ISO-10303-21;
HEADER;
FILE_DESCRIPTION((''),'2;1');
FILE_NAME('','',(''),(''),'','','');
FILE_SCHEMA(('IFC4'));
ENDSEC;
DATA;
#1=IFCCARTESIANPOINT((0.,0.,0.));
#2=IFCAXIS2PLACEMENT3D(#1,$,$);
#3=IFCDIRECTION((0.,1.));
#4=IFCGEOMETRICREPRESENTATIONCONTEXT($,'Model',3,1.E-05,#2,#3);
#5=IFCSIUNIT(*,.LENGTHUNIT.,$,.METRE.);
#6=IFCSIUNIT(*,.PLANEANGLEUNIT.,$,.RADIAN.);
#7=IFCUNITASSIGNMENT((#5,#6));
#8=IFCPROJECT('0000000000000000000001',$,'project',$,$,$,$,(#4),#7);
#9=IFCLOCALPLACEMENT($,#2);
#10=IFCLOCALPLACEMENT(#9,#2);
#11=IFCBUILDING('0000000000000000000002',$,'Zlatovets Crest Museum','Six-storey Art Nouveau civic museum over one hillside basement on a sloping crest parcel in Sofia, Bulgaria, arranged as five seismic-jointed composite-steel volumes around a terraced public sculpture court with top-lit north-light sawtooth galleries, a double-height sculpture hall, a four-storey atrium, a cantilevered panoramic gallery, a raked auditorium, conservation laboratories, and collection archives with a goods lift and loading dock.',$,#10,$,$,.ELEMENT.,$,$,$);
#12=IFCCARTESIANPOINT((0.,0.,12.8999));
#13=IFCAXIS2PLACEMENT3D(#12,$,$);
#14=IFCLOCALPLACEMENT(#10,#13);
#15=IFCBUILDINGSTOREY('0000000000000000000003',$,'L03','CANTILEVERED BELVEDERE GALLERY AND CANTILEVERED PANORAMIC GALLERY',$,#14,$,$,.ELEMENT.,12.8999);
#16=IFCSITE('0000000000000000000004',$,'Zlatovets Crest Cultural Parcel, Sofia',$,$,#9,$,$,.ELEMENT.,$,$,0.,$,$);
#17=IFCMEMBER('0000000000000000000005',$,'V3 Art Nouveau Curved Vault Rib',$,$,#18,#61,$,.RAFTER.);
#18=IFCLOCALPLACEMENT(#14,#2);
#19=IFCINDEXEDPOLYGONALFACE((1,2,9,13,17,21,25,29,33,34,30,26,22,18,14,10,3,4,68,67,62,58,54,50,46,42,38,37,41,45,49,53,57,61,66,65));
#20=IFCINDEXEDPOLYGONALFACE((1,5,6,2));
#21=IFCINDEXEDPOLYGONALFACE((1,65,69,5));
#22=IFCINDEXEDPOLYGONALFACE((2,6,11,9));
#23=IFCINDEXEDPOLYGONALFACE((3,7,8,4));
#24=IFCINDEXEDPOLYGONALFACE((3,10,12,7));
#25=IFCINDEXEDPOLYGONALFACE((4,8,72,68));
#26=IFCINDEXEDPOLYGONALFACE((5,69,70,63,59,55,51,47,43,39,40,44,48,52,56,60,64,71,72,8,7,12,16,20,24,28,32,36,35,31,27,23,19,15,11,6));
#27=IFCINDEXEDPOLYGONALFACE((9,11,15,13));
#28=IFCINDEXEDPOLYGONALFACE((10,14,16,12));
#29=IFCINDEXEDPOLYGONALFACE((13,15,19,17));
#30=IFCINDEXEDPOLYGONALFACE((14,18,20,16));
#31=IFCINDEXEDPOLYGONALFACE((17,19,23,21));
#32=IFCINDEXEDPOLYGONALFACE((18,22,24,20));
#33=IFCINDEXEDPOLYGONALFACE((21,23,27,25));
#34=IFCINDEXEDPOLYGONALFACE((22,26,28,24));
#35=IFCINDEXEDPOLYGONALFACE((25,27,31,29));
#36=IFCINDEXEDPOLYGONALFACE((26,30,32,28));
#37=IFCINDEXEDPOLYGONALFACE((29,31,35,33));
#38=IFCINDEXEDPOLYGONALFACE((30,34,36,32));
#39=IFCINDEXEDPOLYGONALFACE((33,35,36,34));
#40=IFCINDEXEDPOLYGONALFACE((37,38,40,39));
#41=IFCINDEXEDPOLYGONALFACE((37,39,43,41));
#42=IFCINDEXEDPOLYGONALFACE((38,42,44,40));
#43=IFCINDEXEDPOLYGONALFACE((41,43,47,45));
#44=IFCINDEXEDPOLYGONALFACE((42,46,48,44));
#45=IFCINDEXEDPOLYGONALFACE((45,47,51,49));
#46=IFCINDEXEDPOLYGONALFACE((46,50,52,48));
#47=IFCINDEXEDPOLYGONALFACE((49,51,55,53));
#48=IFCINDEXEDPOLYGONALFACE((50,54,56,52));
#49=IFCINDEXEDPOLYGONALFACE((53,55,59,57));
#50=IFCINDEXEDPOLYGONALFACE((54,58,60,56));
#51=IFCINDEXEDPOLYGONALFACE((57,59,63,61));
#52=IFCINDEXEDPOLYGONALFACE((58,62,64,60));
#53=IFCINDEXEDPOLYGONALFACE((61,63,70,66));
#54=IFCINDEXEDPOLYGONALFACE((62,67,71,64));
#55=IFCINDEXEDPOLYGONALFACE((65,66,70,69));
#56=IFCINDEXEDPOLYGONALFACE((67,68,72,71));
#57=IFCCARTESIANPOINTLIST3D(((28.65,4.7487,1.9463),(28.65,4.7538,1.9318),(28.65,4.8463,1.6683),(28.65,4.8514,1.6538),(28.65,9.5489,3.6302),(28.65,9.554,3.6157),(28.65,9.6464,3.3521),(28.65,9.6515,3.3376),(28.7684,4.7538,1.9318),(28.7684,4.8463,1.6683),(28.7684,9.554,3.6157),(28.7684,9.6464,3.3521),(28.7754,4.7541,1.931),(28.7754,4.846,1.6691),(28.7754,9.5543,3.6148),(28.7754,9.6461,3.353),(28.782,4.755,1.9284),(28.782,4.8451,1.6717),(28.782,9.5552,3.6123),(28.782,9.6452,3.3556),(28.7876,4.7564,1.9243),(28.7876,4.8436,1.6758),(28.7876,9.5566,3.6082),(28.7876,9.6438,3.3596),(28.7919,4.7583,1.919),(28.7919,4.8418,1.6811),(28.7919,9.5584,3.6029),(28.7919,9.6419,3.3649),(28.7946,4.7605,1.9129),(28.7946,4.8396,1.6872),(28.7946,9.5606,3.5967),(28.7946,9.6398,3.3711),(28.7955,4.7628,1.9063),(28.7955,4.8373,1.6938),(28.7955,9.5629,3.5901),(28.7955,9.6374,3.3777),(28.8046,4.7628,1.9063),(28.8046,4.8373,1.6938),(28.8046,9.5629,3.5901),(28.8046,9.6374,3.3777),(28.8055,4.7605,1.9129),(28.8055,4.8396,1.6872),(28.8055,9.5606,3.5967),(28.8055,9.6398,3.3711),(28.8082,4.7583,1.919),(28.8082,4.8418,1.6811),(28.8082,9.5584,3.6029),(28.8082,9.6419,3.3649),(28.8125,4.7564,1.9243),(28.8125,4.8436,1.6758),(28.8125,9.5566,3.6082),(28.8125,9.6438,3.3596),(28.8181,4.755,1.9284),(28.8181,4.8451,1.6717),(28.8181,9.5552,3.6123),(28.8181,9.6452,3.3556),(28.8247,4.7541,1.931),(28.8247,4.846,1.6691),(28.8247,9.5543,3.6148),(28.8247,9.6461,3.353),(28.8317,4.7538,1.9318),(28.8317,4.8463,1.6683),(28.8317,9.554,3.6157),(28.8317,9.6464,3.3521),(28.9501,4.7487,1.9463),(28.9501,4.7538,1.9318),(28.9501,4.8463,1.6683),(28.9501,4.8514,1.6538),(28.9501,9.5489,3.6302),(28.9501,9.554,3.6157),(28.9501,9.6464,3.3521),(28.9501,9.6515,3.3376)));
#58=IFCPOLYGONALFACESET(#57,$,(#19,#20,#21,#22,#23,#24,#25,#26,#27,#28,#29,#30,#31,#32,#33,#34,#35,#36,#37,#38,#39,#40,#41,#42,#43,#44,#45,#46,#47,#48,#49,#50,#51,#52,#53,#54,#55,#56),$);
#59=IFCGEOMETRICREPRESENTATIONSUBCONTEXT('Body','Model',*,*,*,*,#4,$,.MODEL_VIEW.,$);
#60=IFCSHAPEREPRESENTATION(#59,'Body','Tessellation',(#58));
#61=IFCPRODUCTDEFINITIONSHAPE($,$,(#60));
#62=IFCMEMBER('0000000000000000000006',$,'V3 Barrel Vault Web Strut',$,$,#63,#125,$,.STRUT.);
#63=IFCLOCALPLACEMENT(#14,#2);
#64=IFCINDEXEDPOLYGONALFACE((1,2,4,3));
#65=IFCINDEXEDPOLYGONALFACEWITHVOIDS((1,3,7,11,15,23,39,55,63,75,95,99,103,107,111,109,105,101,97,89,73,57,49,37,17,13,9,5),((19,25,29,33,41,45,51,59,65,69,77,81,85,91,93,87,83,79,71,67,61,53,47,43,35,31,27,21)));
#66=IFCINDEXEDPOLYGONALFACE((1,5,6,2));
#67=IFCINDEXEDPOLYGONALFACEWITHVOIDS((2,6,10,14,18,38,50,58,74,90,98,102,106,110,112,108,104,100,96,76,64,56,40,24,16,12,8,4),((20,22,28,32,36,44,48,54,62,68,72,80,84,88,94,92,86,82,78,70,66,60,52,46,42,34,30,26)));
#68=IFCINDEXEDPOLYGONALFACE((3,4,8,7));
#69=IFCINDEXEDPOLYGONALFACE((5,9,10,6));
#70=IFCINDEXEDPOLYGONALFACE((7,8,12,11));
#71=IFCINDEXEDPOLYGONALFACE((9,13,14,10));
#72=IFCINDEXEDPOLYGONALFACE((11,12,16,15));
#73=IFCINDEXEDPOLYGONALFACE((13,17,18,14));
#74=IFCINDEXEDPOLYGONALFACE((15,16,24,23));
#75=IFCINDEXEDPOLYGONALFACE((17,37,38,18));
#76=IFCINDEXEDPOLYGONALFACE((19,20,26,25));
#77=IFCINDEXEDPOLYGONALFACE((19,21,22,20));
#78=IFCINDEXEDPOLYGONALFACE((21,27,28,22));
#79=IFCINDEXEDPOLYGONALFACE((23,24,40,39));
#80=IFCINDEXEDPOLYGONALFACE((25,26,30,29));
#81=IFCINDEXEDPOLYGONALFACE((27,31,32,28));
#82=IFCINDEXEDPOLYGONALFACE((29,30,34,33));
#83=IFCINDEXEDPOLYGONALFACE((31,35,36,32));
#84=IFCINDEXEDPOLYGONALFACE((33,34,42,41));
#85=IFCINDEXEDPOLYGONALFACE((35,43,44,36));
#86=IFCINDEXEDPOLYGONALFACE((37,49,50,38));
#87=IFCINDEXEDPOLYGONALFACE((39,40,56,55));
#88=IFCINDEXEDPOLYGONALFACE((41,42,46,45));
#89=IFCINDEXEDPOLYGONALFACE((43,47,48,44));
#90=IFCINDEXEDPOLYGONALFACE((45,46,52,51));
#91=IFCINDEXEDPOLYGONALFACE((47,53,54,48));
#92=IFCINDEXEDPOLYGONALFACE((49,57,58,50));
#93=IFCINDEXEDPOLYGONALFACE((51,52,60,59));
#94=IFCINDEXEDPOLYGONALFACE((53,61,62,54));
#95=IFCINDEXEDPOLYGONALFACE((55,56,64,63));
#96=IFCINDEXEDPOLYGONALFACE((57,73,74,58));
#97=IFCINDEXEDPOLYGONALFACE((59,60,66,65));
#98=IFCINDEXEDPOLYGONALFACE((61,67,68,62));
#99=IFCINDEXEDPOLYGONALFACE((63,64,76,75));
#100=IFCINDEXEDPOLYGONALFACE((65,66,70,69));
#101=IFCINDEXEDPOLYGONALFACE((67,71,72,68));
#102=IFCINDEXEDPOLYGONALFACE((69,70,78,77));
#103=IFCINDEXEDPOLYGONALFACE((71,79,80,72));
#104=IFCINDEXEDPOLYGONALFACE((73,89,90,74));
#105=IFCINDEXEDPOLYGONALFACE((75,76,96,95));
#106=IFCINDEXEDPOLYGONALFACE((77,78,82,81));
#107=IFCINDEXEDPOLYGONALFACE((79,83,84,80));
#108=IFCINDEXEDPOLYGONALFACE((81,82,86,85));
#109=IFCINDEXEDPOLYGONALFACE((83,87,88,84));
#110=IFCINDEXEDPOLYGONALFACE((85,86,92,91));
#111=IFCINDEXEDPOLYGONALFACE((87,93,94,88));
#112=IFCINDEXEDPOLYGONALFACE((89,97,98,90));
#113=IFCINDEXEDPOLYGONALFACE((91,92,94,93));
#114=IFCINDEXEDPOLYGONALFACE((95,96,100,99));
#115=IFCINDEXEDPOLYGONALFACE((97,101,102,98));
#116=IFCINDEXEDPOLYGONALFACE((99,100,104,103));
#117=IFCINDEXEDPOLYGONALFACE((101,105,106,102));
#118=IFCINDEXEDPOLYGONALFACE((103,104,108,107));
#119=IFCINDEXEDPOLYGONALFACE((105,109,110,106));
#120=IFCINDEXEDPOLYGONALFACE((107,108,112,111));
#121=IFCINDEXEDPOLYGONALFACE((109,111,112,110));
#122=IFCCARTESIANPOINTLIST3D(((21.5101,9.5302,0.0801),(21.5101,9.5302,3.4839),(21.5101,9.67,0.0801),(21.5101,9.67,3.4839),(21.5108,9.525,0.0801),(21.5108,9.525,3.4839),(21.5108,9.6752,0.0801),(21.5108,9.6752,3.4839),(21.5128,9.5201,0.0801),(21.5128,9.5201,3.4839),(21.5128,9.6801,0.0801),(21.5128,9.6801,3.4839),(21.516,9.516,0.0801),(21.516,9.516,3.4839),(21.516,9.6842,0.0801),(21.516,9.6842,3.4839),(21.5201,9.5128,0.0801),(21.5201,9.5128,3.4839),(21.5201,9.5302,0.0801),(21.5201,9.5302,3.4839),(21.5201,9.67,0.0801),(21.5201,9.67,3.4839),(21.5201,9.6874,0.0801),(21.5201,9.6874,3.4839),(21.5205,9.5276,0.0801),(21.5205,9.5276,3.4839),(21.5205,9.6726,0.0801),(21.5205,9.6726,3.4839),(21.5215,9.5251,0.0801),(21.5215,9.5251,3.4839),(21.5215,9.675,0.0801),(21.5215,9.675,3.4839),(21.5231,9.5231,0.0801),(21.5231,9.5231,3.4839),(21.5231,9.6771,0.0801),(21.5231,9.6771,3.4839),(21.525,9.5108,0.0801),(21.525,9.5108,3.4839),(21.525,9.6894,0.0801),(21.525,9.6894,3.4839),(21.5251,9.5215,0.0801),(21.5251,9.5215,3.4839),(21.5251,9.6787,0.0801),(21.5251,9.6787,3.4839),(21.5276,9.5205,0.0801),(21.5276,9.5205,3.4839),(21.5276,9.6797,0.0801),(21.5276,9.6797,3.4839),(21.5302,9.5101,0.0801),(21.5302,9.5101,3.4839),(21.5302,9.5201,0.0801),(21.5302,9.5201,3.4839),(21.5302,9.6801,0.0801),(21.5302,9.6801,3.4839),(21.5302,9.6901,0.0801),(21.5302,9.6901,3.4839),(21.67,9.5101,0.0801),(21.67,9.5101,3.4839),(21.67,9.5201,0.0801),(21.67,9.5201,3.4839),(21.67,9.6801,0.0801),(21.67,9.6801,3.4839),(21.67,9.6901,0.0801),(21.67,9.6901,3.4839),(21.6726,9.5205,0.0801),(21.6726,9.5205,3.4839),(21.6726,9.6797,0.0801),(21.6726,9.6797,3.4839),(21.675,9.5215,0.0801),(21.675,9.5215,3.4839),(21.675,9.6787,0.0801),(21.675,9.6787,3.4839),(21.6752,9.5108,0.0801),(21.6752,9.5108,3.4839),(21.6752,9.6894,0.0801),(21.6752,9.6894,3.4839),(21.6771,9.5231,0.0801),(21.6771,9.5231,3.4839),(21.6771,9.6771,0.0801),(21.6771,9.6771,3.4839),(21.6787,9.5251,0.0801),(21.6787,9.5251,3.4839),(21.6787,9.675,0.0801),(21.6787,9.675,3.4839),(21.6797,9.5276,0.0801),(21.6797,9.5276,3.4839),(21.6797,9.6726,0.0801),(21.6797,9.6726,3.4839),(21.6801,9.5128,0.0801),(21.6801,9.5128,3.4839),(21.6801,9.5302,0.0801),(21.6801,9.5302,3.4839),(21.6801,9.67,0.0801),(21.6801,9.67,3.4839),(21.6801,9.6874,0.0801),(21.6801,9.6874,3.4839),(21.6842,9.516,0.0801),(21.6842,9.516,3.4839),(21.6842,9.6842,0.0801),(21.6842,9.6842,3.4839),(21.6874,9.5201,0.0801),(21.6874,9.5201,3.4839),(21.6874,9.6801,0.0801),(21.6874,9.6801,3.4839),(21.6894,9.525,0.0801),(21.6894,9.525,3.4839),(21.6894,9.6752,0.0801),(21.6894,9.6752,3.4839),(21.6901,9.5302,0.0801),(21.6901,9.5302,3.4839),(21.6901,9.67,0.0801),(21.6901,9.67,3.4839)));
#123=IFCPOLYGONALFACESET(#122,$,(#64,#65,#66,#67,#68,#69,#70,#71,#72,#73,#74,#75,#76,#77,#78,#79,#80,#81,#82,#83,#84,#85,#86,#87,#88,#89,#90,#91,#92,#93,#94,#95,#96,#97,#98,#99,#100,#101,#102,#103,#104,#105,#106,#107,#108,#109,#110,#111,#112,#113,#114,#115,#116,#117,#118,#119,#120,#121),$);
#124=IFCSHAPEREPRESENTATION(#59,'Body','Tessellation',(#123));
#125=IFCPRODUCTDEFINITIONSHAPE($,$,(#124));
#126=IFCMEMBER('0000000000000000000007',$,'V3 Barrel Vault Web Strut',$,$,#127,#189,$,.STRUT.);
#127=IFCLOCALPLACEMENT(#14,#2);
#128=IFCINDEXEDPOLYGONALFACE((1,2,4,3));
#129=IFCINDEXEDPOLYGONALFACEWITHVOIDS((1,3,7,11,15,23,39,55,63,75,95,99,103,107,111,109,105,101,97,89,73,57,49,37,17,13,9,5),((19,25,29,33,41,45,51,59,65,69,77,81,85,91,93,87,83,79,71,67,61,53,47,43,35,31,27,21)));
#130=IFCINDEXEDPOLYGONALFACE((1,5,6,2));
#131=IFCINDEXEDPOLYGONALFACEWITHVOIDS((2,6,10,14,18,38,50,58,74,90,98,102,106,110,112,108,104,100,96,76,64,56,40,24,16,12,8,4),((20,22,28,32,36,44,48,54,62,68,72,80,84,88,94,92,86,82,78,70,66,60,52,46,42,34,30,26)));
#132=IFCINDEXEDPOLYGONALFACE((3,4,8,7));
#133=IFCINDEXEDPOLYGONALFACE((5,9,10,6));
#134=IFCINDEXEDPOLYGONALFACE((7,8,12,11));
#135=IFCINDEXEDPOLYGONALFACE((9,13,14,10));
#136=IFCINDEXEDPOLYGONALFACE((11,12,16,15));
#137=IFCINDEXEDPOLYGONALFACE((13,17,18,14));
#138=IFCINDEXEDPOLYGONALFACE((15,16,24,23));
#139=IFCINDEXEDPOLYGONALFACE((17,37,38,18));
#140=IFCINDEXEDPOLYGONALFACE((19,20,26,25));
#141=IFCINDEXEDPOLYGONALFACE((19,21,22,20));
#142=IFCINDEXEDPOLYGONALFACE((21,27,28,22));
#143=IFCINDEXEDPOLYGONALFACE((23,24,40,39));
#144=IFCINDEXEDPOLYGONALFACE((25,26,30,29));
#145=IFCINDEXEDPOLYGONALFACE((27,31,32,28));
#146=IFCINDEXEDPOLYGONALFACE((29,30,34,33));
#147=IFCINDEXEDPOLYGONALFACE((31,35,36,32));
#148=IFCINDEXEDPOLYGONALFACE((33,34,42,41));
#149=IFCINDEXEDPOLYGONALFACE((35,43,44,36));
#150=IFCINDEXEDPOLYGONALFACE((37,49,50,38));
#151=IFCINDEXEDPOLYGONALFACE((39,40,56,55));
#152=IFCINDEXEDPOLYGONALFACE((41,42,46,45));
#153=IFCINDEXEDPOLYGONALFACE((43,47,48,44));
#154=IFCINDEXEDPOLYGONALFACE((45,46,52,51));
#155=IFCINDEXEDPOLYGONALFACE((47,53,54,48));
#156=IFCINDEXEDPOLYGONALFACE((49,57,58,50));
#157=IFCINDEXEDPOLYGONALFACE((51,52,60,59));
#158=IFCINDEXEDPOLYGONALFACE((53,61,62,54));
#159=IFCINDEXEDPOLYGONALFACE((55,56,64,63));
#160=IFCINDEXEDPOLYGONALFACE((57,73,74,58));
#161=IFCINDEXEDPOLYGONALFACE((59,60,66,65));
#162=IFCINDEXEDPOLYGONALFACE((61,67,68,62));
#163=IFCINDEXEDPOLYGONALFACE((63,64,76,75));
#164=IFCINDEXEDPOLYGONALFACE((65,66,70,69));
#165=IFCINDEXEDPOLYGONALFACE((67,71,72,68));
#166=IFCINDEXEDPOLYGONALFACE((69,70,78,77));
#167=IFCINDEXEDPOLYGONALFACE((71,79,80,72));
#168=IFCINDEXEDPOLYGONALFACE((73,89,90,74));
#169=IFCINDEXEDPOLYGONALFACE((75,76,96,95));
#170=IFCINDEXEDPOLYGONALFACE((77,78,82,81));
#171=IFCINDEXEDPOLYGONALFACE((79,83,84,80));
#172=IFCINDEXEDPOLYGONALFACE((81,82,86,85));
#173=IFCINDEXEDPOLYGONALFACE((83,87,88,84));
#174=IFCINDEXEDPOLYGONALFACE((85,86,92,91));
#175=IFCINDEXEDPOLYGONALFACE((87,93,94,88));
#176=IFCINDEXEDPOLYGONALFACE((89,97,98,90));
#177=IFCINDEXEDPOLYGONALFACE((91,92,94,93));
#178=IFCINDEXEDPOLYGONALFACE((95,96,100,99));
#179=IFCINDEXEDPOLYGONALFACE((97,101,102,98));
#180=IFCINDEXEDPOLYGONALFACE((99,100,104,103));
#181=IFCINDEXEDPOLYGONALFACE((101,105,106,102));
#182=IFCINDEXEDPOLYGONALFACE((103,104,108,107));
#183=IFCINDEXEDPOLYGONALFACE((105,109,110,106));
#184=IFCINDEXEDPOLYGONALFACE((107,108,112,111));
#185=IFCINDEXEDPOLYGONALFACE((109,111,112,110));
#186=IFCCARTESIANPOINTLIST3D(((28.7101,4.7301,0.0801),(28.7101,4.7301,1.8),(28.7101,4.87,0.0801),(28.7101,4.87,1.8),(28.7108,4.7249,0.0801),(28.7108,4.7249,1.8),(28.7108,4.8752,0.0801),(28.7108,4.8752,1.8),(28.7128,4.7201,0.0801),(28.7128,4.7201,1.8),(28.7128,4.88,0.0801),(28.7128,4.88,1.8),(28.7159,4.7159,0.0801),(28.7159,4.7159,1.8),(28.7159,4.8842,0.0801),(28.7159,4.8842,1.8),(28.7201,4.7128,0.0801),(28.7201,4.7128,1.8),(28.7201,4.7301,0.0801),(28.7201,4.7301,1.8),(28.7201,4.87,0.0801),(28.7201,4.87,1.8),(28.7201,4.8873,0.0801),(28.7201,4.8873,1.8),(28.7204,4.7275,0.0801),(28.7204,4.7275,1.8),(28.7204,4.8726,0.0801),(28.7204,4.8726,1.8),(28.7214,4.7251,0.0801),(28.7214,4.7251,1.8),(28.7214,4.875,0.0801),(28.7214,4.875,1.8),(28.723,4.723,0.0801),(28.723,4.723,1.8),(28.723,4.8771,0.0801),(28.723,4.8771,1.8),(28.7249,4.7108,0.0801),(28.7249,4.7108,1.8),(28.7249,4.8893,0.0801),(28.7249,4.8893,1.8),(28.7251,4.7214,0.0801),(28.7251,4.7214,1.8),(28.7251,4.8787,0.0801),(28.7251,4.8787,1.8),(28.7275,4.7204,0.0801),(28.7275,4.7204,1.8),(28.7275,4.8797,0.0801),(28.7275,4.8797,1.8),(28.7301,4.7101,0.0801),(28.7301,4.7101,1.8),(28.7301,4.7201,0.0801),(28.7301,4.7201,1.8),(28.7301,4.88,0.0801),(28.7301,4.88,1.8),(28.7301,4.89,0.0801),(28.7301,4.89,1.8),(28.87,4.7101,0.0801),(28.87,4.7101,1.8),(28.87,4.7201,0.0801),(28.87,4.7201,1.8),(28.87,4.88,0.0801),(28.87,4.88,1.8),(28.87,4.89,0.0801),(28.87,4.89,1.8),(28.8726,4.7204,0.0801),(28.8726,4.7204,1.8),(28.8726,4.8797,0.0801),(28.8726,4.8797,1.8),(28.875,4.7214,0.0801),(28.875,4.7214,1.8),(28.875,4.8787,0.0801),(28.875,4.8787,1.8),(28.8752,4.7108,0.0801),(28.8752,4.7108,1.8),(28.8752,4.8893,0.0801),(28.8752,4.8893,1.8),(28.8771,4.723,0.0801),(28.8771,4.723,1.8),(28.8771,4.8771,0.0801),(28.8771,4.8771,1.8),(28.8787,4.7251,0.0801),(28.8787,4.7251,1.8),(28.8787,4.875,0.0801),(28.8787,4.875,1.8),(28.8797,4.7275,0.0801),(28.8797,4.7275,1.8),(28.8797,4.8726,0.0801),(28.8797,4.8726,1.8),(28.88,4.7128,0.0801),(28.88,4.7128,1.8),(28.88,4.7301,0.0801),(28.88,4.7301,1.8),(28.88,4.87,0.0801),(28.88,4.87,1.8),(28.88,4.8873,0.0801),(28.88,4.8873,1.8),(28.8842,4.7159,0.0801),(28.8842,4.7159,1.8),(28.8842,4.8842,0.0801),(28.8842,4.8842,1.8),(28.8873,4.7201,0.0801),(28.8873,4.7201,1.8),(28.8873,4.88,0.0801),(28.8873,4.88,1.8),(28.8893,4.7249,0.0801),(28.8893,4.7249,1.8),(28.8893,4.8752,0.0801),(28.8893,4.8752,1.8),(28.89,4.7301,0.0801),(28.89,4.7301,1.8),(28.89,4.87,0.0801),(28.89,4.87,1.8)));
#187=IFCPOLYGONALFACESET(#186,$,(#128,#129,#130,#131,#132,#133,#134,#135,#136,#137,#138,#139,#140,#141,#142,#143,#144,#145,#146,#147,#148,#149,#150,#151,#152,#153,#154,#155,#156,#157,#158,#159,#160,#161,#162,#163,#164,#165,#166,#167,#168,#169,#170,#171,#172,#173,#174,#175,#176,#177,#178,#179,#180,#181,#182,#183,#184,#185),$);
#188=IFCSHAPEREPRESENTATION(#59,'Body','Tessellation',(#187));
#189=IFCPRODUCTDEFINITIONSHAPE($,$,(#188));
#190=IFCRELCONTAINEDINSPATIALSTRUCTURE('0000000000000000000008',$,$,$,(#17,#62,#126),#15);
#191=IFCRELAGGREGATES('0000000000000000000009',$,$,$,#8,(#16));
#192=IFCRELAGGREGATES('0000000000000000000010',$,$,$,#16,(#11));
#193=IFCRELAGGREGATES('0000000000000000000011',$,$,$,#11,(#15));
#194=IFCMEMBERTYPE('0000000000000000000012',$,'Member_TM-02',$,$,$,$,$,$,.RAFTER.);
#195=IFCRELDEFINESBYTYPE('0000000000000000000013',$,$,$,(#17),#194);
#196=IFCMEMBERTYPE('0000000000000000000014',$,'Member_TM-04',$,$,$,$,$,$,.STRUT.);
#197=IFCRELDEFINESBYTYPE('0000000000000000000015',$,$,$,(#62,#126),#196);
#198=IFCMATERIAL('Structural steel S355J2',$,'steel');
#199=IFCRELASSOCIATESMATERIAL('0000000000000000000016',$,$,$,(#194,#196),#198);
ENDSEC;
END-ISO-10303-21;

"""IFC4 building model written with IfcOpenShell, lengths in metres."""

from ifc_helpers import new_model, si_unit, direction, frame, origin, origin_2d, place, context, subcontext, project, spatial, hollow_rectangle, i_section, extrude, material, material_profile, profile_set, type_object, element, save


model = new_model("IFC4")

# Units and contexts
model_context = context("Model", 3, precision=1e-05, world=origin(), true_north=direction((0.0, 1.0)))
body_context = subcontext(model_context, "Body", "Model", "MODEL_VIEW")
ifc_project = project(units=[si_unit("LENGTHUNIT", "METRE"), si_unit("PLANEANGLEUNIT", "RADIAN")], contexts=[model_context])

# Site, building, storey
site_placement = place(None, origin())
site = spatial("IfcSite", under=ifc_project, at=site_placement, Name="Zlatovets Crest Cultural Parcel, Sofia", CompositionType="ELEMENT", RefElevation=0.0)
building_placement = place(site_placement, origin())
building = spatial("IfcBuilding", under=site, at=building_placement, Name="Zlatovets Crest Museum", Description="Six-storey Art Nouveau civic museum over one hillside basement on a sloping crest parcel in Sofia, Bulgaria, arranged as five seismic-jointed composite-steel volumes around a terraced public sculpture court with top-lit north-light sawtooth galleries, a double-height sculpture hall, a four-storey atrium, a cantilevered panoramic gallery, a raked auditorium, conservation laboratories, and collection archives with a goods lift and loading dock.", CompositionType="ELEMENT")
storey_placement = place(building_placement, frame((0.0, 0.0, 12.8999)))
storey = spatial("IfcBuildingStorey", under=building, at=storey_placement, Name="L03", Description="CANTILEVERED BELVEDERE GALLERY AND CANTILEVERED PANORAMIC GALLERY", CompositionType="ELEMENT", Elevation=12.8999)

# Shared definitions
ifc_material_1 = material(Name="Structural steel S355J2", Category="steel")

# Members
ifc_material_profile_1 = material_profile(ifc_material_1, i_section(OverallWidth=0.3, OverallDepth=0.3101, WebThickness=0.009, FlangeThickness=0.0154, FilletRadius=0.0271, at=origin_2d()), Name="HEA 320")
ifc_profile_set_1 = profile_set([ifc_material_profile_1], Name="Structural steel S355J2")
member_type_1 = type_object("IfcMemberType", Name="Member_TM-02", PredefinedType="RAFTER", material=ifc_profile_set_1)
member_1_placement = place(storey_placement, frame((28.8, 4.8, 1.8), z_axis=(0.0, 0.943624, 0.331019), x_axis=(-1.0, 0.0, 0.0)))
element("IfcMember", 1, at=member_1_placement, inside=storey, type_object=member_type_1, Name="V3 Art Nouveau Curved Vault Rib", PredefinedType="RAFTER", context=body_context, shape_type="SweptSolid", body=[
    extrude(i_section(OverallWidth=0.3, OverallDepth=0.3101, WebThickness=0.009, FlangeThickness=0.0154, FilletRadius=0.0271, at=origin_2d()), origin(), (0.0, 0.0, 1.0), 5.0869),
])
ifc_material_profile_2 = material_profile(ifc_material_1, hollow_rectangle(XDim=0.1799, YDim=0.1799, WallThickness=0.01, InnerFilletRadius=0.01, OuterFilletRadius=0.02, at=origin_2d()), Name="SHS 180x180x10.0")
ifc_profile_set_2 = profile_set([ifc_material_profile_2], Name="Structural steel S355J2")
member_type_2 = type_object("IfcMemberType", Name="Member_TM-04", PredefinedType="STRUT", material=ifc_profile_set_2)
member_2_placement = place(storey_placement, frame((21.6001, 9.6001, 0.0801), z_axis=(0.0, 0.0, 1.0), x_axis=(1.0, 0.0, 0.0)))
element("IfcMember", 2, at=member_2_placement, inside=storey, type_object=member_type_2, Name="V3 Barrel Vault Web Strut", PredefinedType="STRUT", context=body_context, shape_type="SweptSolid", body=[
    extrude(hollow_rectangle(XDim=0.1799, YDim=0.1799, WallThickness=0.01, InnerFilletRadius=0.01, OuterFilletRadius=0.02, at=origin_2d()), origin(), (0.0, 0.0, 1.0), 3.4038),
])
member_3_placement = place(storey_placement, frame((28.8, 4.8, 0.0801), z_axis=(0.0, 0.0, 1.0), x_axis=(1.0, 0.0, 0.0)))
element("IfcMember", 3, at=member_3_placement, inside=storey, type_object=member_type_2, Name="V3 Barrel Vault Web Strut", PredefinedType="STRUT", context=body_context, shape_type="SweptSolid", body=[
    extrude(hollow_rectangle(XDim=0.1799, YDim=0.1799, WallThickness=0.01, InnerFilletRadius=0.01, OuterFilletRadius=0.02, at=origin_2d()), origin(), (0.0, 0.0, 1.0), 1.72),
])

save(model, "model.ifc")
